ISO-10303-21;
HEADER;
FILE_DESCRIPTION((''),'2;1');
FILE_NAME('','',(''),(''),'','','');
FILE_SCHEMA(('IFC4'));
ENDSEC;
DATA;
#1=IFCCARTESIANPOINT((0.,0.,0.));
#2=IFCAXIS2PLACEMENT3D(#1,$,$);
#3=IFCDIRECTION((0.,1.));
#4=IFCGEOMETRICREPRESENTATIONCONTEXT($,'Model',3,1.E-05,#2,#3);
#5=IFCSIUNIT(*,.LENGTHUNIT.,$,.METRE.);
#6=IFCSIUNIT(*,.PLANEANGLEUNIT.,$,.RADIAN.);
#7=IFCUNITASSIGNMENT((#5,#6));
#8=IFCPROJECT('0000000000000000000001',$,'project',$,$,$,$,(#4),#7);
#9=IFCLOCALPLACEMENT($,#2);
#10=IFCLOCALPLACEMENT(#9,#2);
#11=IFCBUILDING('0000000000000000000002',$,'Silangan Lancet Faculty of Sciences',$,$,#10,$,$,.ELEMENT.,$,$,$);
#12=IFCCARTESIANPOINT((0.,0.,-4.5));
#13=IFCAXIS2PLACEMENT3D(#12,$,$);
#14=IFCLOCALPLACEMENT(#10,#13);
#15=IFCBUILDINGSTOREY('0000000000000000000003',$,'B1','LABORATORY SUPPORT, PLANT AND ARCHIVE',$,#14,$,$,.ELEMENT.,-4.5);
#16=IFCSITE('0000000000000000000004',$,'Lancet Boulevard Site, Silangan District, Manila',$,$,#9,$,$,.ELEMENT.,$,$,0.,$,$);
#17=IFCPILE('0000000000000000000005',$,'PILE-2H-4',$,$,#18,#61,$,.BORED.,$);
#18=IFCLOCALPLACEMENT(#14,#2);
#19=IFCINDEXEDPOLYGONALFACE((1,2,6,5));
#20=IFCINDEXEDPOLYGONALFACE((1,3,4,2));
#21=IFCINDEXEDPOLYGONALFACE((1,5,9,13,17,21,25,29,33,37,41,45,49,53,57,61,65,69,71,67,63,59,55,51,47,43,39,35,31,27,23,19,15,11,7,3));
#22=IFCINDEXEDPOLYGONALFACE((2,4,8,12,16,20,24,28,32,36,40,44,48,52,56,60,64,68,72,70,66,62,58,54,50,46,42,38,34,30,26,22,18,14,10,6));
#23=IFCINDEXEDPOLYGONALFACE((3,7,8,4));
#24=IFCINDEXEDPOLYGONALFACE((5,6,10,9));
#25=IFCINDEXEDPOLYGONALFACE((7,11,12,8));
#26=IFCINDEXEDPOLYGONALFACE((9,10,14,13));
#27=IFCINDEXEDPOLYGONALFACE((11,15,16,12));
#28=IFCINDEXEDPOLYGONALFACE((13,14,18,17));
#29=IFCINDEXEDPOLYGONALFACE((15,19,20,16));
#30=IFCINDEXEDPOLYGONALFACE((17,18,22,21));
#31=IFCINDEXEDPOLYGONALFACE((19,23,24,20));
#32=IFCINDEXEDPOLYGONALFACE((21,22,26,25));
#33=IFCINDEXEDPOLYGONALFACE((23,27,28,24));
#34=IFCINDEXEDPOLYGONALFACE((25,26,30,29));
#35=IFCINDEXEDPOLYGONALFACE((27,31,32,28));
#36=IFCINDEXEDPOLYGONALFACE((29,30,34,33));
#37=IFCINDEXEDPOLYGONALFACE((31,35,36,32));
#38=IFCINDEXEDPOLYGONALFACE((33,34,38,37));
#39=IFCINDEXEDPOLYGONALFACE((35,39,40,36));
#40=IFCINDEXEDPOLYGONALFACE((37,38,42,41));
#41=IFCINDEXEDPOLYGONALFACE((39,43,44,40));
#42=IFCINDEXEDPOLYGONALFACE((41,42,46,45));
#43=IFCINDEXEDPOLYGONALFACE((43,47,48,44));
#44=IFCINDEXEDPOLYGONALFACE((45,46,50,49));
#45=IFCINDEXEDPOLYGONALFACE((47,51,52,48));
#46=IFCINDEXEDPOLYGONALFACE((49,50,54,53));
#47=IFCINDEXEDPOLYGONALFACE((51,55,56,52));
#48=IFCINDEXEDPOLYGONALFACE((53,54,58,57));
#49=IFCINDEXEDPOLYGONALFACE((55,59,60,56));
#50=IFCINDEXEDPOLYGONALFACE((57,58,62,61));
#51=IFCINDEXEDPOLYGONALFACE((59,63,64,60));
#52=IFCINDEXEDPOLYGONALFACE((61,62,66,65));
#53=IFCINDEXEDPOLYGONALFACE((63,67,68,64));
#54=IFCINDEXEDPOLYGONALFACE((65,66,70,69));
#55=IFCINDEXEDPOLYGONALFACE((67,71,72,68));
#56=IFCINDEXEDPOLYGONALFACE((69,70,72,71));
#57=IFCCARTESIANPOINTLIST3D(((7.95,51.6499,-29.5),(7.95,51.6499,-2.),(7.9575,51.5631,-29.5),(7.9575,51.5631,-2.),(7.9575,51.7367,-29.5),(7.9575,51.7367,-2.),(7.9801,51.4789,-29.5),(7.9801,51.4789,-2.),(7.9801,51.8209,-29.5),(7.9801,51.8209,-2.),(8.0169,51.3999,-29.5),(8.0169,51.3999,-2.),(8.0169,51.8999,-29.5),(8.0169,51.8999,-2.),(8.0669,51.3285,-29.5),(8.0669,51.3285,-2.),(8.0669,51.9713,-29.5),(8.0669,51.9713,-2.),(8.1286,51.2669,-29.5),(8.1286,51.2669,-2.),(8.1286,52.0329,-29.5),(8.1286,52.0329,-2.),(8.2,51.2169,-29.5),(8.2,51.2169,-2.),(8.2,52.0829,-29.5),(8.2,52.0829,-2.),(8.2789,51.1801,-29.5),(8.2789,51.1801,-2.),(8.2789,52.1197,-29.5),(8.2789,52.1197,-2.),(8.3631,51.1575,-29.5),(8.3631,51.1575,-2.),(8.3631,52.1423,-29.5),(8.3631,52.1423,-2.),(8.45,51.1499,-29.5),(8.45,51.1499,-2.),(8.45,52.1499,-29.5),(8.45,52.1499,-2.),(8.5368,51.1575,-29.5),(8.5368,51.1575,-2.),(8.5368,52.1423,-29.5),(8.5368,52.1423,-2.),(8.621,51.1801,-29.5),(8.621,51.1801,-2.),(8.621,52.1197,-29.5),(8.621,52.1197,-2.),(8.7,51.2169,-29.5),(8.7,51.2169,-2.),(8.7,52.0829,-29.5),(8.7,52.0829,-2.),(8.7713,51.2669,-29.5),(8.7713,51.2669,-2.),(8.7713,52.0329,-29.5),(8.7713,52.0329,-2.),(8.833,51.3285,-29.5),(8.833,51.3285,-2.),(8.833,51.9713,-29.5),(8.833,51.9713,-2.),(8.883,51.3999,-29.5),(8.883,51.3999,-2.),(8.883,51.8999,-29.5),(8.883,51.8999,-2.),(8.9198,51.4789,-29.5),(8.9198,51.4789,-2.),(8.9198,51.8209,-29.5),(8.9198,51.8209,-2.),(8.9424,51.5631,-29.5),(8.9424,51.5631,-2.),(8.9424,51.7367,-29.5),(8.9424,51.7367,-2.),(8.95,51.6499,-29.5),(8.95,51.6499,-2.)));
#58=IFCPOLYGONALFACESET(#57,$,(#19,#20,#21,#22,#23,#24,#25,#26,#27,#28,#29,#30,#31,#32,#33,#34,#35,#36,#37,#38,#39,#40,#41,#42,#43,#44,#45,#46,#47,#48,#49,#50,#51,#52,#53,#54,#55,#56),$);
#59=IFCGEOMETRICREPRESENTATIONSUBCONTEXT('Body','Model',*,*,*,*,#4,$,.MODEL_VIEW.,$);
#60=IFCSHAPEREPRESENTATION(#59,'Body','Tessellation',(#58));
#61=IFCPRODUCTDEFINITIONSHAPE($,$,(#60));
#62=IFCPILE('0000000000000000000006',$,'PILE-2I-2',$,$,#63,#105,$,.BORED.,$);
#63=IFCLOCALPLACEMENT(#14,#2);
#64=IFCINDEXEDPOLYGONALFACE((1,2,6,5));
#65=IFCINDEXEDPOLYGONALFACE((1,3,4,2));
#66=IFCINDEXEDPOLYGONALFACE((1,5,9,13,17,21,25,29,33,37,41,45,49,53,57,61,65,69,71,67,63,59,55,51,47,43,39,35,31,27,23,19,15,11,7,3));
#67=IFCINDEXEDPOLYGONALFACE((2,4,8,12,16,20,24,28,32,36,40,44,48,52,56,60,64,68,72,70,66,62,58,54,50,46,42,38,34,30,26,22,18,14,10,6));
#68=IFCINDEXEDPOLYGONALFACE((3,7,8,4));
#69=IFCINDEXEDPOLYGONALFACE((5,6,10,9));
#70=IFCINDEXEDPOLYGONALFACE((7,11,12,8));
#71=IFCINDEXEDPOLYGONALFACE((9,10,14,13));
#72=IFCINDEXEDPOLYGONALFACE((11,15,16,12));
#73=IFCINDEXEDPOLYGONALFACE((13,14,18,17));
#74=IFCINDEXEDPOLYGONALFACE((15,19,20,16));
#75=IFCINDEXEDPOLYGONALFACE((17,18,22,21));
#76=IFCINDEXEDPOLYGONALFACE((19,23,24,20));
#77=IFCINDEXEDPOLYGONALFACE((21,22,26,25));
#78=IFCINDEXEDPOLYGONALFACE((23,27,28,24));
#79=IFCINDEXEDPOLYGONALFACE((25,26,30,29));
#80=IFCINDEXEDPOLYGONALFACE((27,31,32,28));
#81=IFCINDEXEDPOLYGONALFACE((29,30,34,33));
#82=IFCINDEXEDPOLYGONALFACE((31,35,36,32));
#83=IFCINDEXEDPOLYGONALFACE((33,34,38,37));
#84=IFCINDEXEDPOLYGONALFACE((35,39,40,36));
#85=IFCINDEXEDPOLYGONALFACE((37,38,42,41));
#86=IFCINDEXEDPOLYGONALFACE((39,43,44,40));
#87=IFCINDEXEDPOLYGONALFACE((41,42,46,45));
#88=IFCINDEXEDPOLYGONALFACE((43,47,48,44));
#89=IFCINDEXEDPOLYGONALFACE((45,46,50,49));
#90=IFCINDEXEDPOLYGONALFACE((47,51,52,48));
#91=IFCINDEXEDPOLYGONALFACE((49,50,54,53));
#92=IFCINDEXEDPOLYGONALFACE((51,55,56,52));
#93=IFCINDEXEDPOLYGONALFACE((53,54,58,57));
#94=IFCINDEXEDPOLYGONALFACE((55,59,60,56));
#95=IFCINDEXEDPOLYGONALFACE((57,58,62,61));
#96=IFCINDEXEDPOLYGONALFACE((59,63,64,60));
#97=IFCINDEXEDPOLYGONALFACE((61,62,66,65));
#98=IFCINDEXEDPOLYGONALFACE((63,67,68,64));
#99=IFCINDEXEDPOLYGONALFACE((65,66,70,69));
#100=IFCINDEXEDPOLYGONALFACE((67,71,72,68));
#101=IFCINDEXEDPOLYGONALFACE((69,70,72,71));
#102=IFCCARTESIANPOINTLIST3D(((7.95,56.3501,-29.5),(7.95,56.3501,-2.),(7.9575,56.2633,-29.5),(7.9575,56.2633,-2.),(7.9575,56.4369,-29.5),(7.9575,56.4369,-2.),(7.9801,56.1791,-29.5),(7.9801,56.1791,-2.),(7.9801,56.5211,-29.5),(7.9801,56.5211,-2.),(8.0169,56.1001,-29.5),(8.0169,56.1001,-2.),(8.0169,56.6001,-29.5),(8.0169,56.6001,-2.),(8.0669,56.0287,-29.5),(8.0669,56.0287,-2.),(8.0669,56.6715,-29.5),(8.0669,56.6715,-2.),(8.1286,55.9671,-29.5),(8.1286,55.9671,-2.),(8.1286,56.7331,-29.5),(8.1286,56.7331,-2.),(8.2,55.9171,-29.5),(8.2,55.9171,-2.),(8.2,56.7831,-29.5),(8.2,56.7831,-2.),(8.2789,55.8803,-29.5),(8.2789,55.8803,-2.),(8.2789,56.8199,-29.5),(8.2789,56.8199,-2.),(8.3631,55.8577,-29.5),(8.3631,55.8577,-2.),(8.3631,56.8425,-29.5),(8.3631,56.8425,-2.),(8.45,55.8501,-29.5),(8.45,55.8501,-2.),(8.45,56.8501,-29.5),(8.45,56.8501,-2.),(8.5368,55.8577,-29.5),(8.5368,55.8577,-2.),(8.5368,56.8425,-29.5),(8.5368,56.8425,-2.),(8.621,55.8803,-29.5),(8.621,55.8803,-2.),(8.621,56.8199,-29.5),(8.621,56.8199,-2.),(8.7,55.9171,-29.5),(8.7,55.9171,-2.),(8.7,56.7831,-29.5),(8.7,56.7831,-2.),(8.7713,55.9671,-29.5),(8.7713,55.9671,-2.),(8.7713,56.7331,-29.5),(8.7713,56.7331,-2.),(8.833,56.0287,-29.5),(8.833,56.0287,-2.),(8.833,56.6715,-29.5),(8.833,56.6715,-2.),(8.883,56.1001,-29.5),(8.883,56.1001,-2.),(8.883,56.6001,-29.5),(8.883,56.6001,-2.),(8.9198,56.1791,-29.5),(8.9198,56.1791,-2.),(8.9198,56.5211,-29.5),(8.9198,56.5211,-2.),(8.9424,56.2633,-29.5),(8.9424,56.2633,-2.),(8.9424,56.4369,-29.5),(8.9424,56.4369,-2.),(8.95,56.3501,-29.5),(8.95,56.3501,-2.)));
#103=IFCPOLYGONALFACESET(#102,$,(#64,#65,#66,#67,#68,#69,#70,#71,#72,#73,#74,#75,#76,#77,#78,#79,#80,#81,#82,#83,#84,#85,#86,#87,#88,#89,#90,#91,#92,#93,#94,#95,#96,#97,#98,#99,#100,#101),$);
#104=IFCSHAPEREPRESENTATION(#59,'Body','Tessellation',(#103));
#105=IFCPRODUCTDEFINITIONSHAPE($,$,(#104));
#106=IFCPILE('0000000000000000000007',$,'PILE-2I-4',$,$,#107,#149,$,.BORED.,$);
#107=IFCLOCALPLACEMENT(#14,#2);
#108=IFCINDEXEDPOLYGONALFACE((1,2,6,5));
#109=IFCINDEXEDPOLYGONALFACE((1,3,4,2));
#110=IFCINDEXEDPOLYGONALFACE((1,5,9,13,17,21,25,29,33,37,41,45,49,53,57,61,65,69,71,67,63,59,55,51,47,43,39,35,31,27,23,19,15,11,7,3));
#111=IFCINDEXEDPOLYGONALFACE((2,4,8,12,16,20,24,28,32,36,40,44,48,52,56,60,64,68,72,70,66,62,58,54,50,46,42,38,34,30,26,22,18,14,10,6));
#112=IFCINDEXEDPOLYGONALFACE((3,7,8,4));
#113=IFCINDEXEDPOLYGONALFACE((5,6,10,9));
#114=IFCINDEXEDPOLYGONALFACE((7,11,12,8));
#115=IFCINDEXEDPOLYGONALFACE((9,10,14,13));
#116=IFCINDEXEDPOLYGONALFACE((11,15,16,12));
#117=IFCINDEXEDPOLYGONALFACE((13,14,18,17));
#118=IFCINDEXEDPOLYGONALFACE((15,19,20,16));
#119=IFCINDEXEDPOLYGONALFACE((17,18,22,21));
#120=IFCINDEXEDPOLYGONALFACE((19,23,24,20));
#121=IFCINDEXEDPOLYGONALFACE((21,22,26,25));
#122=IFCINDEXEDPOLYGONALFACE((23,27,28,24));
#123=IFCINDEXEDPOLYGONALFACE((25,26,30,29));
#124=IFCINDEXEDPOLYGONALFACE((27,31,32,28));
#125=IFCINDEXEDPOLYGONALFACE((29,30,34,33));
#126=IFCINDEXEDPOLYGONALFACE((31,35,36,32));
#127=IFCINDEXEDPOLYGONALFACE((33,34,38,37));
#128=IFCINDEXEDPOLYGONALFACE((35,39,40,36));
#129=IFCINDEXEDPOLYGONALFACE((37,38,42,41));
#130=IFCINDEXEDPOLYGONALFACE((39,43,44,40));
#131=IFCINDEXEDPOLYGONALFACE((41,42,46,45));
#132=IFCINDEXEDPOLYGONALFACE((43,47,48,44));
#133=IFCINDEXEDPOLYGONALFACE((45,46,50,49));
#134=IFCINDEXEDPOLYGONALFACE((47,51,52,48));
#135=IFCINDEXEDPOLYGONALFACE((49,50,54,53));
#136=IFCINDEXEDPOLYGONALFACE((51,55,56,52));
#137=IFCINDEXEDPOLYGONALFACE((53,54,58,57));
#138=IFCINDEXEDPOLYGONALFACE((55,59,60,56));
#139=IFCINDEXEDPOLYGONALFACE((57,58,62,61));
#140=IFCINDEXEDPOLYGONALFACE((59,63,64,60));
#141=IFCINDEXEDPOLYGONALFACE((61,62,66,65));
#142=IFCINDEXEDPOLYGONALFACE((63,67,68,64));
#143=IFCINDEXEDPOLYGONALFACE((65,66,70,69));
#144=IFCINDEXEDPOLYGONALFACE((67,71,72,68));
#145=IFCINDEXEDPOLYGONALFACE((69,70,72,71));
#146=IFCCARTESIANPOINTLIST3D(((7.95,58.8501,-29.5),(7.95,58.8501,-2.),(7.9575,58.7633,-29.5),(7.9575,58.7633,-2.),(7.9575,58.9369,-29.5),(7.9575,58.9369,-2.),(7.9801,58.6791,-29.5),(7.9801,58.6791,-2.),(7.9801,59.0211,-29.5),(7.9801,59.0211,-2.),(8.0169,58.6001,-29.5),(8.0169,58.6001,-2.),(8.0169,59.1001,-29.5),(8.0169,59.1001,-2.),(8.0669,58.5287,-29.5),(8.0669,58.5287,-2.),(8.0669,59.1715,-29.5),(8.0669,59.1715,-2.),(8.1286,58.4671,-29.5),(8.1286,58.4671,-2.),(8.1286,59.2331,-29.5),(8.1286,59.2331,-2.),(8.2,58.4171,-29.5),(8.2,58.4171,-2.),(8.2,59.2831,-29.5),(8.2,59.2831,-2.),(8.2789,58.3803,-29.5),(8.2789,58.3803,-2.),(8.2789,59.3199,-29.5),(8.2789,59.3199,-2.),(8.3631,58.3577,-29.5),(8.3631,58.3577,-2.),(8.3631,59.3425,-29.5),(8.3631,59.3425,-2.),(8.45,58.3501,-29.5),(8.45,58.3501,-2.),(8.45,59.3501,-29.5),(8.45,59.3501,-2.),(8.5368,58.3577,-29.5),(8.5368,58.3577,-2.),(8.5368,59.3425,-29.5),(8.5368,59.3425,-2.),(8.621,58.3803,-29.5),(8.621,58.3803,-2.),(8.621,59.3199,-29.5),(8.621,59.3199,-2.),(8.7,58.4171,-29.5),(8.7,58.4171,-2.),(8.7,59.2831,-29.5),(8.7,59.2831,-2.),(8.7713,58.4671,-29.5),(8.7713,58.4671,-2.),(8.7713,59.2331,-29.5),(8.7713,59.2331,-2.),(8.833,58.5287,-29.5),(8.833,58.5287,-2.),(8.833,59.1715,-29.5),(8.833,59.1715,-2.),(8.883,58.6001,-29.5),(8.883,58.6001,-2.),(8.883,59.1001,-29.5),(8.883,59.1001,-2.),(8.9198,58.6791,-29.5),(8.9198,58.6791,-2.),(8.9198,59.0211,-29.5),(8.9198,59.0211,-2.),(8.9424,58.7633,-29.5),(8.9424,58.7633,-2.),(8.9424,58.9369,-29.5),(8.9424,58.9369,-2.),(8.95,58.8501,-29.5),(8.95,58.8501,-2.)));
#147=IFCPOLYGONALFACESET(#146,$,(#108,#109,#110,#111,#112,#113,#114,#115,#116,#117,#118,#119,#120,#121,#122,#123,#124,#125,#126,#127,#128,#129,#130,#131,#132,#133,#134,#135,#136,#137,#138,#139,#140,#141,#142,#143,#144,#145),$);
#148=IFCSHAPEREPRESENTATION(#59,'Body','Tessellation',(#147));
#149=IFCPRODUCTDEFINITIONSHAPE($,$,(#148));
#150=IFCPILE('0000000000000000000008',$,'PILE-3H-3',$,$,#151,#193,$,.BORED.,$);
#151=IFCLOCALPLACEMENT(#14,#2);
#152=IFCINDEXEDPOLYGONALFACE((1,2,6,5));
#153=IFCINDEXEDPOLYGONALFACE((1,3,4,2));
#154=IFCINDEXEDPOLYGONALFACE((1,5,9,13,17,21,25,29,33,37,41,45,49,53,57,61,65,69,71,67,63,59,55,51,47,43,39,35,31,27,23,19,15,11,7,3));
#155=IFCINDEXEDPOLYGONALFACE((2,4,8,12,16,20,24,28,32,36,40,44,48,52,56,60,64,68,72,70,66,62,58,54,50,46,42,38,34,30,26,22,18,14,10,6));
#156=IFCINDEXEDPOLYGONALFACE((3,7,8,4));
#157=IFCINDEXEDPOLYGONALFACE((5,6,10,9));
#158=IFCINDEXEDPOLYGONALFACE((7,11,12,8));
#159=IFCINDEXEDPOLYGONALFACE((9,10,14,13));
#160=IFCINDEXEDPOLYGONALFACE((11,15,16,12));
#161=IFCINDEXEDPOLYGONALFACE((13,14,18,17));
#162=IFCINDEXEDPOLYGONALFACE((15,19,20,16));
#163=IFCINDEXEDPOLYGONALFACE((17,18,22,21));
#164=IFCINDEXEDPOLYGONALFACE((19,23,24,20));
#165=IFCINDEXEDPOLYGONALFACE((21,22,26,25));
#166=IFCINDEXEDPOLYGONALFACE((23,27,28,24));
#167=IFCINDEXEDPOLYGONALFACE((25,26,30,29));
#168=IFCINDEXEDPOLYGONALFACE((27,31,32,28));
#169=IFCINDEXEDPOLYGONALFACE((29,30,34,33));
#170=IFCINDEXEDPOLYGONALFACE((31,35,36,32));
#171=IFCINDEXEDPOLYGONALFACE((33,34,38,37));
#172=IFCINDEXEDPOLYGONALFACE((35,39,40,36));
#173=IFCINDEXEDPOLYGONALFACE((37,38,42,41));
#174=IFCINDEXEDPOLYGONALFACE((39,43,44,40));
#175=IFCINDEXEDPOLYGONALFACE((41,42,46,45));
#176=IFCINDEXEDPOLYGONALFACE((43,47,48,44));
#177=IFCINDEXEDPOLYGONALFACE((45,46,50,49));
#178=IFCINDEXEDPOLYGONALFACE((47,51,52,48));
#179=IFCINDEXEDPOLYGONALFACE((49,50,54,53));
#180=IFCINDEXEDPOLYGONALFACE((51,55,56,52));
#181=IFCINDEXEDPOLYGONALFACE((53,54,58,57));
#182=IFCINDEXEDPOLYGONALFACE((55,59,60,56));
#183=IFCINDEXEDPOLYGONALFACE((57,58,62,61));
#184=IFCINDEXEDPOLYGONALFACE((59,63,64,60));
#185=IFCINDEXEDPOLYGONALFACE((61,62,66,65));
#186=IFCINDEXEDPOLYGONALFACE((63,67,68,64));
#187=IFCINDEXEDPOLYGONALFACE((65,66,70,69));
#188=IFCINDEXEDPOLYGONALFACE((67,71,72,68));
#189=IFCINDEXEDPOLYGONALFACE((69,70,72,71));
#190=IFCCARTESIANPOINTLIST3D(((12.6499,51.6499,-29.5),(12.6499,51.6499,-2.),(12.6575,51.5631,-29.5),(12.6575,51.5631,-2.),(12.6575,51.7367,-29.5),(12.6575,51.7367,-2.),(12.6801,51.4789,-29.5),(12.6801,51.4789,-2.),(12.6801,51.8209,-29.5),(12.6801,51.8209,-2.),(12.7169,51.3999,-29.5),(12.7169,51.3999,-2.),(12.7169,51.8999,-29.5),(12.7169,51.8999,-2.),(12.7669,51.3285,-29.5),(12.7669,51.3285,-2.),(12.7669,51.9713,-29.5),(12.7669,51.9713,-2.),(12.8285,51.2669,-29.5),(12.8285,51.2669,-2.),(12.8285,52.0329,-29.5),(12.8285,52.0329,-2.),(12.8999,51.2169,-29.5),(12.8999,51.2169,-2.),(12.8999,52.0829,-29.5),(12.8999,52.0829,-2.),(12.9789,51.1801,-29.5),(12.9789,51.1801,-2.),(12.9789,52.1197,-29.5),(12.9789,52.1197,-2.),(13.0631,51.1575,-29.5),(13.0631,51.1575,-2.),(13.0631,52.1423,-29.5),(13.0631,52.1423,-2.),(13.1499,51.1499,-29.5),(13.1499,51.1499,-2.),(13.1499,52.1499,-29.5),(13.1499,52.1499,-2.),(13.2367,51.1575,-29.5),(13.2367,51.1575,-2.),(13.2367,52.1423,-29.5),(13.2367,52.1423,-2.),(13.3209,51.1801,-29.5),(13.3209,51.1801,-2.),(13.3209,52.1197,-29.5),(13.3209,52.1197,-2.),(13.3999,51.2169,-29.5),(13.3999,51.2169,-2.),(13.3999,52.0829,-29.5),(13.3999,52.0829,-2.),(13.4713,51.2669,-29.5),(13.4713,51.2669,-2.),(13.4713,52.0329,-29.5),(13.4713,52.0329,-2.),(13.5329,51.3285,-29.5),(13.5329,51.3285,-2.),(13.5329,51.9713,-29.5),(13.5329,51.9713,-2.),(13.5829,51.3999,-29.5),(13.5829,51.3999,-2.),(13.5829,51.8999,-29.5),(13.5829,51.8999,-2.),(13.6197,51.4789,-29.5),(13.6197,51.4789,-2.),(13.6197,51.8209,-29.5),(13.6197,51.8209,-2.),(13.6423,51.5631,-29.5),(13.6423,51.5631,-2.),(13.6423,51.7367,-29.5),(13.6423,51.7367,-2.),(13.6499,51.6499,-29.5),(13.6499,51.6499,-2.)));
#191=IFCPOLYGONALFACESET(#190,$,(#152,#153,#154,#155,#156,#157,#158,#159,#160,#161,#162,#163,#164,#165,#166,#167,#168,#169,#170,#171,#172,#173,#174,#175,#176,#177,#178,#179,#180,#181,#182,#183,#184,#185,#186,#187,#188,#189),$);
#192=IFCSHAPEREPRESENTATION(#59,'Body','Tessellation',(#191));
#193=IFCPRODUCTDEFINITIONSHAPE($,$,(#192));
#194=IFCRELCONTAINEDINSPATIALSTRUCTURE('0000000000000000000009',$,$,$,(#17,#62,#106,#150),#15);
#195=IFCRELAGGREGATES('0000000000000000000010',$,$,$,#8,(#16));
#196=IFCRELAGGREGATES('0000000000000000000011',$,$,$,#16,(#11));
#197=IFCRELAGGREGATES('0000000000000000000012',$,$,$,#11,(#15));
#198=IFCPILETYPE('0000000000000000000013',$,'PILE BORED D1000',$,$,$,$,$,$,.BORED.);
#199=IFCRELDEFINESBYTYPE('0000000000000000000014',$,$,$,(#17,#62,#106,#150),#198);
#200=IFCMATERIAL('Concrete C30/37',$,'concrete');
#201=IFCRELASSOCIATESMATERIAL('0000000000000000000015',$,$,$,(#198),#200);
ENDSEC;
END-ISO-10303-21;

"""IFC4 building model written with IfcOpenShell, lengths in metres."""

from ifc_helpers import new_model, si_unit, direction, frame, origin, origin_2d, place, context, subcontext, project, spatial, circle, extrude, material, material_profile, profile_set, type_object, element, save


model = new_model("IFC4")

# Units and contexts
model_context = context("Model", 3, precision=1e-05, world=origin(), true_north=direction((0.0, 1.0)))
body_context = subcontext(model_context, "Body", "Model", "MODEL_VIEW")
ifc_project = project(units=[si_unit("LENGTHUNIT", "METRE"), si_unit("PLANEANGLEUNIT", "RADIAN")], contexts=[model_context])

# Site, building, storey
site_placement = place(None, origin())
site = spatial("IfcSite", under=ifc_project, at=site_placement, Name="Lancet Boulevard Site, Silangan District, Manila", CompositionType="ELEMENT", RefElevation=0.0)
building_placement = place(site_placement, origin())
building = spatial("IfcBuilding", under=site, at=building_placement, Name="Silangan Lancet Faculty of Sciences", CompositionType="ELEMENT")
storey_placement = place(building_placement, frame((0.0, 0.0, -4.5)))
storey = spatial("IfcBuildingStorey", under=building, at=storey_placement, Name="B1", Description="LABORATORY SUPPORT, PLANT AND ARCHIVE", CompositionType="ELEMENT", Elevation=-4.5)

# Piles
ifc_material_1 = material(Name="Concrete C30/37", Category="concrete")
ifc_material_profile_1 = material_profile(ifc_material_1, circle(Radius=0.5, at=origin_2d()), Name="BORED PILE D1000")
ifc_profile_set_1 = profile_set([ifc_material_profile_1], Name="Concrete C30/37")
pile_type = type_object("IfcPileType", Name="PILE BORED D1000", PredefinedType="BORED", material=ifc_profile_set_1)
for number, where, z_axis, x_axis, name in (
    (1, (8.45, 51.6499, -2.0), (0.0, 0.0, -1.0), (1.0, 0.0, 0.0), "PILE-2H-4"),
    (2, (8.45, 56.3501, -2.0), (0.0, 0.0, -1.0), (1.0, 0.0, 0.0), "PILE-2I-2"),
    (3, (8.45, 58.8501, -2.0), (0.0, 0.0, -1.0), (1.0, 0.0, 0.0), "PILE-2I-4"),
    (4, (13.1499, 51.6499, -2.0), (0.0, 0.0, -1.0), (1.0, 0.0, 0.0), "PILE-3H-3"),
):
    element("IfcPile", number, at=place(storey_placement, frame(where, z_axis=z_axis, x_axis=x_axis)), inside=storey, type_object=pile_type, Name=name, PredefinedType="BORED", context=body_context, shape_type="SweptSolid", body=[
        extrude(circle(Radius=0.5, at=origin_2d()), origin(), (0.0, 0.0, 1.0), 27.5),
    ])

save(model, "model.ifc")
